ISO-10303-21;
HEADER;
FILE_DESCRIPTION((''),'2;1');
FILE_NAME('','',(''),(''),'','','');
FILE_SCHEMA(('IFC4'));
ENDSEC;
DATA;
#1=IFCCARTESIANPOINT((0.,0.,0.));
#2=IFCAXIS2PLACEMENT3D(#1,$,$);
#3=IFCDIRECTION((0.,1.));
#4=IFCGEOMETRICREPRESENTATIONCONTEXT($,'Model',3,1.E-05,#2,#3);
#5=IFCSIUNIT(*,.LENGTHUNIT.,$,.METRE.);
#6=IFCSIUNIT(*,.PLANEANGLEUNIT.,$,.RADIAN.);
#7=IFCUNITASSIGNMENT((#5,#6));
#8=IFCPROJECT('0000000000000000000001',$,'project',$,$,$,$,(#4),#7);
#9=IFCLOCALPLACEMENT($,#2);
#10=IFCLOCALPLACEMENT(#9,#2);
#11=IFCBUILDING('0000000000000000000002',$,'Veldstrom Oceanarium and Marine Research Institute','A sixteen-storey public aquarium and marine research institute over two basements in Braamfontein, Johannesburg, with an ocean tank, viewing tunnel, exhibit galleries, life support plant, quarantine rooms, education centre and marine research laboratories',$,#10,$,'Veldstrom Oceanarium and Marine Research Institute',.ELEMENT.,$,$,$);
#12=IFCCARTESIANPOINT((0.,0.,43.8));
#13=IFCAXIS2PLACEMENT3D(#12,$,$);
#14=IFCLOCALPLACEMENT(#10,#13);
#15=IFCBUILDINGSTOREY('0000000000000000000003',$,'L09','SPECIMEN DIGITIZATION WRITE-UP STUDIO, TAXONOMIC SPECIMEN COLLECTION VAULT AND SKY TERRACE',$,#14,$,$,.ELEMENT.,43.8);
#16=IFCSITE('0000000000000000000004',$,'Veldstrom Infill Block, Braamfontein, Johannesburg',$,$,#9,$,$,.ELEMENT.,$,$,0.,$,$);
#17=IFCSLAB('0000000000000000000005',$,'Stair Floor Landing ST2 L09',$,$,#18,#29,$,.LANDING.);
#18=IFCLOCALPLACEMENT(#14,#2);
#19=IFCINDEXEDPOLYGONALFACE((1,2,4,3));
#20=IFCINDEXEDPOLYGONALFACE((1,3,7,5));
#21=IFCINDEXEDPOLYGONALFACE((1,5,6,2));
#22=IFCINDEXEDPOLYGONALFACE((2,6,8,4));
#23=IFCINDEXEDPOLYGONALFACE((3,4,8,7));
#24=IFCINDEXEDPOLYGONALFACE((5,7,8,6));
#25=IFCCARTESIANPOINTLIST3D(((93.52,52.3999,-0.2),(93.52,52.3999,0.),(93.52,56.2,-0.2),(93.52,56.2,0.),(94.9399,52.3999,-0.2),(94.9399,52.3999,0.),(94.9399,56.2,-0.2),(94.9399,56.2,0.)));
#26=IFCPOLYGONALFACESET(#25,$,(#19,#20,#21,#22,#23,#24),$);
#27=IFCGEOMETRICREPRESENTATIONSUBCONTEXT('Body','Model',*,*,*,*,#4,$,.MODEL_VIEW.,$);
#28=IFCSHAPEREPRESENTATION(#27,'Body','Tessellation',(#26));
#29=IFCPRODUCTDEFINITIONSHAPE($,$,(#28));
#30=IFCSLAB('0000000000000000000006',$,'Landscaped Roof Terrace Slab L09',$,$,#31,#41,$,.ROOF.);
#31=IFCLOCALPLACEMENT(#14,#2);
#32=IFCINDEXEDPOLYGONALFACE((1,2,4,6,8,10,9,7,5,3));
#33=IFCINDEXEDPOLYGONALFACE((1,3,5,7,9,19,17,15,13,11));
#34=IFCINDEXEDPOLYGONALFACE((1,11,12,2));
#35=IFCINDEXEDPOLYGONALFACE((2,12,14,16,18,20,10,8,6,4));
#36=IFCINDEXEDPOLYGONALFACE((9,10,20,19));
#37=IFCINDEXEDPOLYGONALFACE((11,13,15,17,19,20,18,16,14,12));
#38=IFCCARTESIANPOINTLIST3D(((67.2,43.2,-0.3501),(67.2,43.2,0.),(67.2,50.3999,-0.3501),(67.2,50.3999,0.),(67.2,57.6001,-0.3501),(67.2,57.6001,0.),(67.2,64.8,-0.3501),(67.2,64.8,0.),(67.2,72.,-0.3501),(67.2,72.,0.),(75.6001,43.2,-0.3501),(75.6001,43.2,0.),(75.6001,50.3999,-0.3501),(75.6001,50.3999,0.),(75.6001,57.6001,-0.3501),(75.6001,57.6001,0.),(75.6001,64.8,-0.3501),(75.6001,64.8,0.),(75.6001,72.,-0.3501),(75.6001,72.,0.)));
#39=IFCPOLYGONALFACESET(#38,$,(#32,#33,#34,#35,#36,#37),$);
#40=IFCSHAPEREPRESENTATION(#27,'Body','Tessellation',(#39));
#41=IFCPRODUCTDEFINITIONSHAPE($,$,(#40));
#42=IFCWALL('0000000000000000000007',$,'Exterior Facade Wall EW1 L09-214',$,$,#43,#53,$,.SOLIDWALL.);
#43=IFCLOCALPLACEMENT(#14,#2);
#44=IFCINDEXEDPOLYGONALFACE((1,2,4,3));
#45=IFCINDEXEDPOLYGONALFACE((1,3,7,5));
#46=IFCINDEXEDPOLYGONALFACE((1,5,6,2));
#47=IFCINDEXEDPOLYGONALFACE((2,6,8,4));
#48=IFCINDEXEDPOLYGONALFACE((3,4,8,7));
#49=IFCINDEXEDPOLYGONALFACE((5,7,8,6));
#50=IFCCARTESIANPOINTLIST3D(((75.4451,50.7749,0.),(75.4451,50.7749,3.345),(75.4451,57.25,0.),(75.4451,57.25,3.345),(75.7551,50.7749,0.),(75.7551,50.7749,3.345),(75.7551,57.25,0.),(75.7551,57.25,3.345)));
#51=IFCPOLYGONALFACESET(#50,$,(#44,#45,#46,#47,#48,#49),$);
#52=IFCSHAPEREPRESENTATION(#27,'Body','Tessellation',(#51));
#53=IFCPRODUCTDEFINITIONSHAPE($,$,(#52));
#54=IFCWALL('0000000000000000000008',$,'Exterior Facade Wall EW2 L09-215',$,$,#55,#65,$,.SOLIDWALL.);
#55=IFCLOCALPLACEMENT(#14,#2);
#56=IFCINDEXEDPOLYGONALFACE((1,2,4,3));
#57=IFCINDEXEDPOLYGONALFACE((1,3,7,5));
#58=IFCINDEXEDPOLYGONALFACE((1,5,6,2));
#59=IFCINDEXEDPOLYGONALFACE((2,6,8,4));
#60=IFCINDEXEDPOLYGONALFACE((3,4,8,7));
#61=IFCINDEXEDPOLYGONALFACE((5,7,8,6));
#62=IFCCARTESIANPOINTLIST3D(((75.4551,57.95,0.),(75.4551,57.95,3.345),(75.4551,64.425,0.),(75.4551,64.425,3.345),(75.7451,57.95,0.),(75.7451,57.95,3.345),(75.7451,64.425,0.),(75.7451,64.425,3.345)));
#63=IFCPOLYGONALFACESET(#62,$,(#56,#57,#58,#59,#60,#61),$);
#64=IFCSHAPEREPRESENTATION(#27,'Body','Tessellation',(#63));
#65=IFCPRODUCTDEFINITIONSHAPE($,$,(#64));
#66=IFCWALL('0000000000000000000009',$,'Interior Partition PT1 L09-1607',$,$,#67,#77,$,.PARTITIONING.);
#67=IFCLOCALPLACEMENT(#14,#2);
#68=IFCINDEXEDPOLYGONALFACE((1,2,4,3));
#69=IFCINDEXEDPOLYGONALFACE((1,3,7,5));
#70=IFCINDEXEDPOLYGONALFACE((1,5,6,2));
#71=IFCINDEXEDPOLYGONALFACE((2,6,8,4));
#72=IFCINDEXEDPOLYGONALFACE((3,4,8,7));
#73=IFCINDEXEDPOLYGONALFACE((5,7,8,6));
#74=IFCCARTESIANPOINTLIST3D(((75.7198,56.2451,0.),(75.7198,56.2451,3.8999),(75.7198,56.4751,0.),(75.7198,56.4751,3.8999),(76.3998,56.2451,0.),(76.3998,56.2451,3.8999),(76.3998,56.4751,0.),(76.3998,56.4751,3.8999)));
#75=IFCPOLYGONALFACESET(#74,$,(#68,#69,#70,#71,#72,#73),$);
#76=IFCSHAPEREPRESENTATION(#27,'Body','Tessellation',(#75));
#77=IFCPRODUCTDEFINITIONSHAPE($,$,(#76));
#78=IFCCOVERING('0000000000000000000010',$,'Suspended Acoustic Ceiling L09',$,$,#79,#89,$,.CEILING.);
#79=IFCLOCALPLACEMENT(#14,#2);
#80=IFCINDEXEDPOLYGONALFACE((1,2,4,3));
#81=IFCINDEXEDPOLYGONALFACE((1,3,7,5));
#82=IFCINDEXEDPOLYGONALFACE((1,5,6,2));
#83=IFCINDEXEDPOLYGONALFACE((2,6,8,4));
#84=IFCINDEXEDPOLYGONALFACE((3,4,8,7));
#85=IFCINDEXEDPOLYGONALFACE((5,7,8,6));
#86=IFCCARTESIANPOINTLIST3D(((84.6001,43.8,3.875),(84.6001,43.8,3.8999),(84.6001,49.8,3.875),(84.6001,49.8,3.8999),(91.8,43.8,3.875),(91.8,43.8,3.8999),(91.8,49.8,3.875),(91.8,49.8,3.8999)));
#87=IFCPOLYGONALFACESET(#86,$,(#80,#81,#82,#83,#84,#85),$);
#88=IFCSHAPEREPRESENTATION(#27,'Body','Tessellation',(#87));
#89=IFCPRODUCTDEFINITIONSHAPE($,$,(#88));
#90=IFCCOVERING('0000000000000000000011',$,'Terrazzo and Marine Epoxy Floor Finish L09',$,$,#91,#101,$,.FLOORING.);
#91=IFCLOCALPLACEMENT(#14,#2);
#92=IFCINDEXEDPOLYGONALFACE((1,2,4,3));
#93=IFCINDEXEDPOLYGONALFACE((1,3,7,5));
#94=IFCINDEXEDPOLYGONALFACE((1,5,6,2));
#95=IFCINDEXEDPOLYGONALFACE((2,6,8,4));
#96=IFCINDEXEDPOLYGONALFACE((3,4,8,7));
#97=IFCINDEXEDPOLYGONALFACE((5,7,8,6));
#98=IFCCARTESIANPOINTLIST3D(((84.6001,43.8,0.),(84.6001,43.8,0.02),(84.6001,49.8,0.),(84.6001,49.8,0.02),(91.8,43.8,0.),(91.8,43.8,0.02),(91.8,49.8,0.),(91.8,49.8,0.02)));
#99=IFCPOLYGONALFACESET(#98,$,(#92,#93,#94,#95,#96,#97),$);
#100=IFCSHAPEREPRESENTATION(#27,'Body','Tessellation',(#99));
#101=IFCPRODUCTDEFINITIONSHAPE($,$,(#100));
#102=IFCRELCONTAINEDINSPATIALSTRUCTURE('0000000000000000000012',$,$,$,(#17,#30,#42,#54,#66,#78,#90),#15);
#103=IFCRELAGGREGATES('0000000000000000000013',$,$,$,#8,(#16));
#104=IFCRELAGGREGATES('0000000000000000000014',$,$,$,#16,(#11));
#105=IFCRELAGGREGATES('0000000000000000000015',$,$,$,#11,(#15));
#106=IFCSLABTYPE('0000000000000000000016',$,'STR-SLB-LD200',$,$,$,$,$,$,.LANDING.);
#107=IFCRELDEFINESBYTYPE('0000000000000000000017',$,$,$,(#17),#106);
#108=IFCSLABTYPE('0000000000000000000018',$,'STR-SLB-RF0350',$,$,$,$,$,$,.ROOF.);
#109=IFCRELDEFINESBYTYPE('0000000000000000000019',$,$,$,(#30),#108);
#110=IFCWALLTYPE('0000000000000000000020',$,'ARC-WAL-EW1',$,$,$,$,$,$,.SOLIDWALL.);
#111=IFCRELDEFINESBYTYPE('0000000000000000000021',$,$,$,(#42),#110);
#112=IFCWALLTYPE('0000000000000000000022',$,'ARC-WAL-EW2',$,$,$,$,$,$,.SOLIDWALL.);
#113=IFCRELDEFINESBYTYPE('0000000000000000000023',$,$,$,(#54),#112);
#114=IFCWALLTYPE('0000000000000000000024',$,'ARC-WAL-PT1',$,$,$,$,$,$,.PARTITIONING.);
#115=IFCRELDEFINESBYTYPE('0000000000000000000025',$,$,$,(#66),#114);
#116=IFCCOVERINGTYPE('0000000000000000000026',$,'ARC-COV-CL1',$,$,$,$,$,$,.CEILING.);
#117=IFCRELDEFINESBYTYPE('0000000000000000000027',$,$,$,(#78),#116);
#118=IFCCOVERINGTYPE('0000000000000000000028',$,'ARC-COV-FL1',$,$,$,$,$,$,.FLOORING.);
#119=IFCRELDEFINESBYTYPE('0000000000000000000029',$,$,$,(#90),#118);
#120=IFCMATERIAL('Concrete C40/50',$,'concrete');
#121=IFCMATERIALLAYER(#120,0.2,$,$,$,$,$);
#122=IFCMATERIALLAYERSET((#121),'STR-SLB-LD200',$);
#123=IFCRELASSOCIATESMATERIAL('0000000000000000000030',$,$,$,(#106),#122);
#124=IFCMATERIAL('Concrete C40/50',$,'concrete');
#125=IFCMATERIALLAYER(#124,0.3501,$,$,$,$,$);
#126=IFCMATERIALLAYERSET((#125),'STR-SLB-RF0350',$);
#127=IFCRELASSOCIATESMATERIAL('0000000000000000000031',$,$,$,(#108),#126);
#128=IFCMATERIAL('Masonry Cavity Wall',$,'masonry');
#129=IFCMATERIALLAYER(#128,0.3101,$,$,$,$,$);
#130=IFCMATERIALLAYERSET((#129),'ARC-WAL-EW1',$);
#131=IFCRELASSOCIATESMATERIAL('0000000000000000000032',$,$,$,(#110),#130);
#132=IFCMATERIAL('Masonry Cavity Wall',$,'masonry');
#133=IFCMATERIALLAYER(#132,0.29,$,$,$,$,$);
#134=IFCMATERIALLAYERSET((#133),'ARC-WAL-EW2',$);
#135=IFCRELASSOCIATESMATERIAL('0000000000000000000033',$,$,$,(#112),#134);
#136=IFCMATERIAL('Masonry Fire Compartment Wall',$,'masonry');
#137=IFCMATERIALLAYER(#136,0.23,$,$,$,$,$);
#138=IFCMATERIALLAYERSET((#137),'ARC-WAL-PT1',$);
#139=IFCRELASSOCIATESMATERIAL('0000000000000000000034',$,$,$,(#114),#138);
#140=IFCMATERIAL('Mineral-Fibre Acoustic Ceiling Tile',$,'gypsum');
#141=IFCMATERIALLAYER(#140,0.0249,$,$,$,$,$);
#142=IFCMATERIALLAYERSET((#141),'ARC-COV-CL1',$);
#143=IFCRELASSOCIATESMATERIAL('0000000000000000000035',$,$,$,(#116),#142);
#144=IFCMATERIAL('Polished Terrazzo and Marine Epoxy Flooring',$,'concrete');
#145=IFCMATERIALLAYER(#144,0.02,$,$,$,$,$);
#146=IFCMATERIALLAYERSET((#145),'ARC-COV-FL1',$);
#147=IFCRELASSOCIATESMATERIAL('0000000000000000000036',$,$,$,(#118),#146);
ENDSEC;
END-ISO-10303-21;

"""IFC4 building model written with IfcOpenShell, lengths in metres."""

from ifc_helpers import new_model, si_unit, direction, frame, frame_2d, origin, place, context, subcontext, project, spatial, polyline, rectangle, outline, extrude, material, layer, layer_set, type_object, element, save


model = new_model("IFC4")

# Units and contexts
model_context = context("Model", 3, precision=1e-05, world=origin(), true_north=direction((0.0, 1.0)))
body_context = subcontext(model_context, "Body", "Model", "MODEL_VIEW")
ifc_project = project(units=[si_unit("LENGTHUNIT", "METRE"), si_unit("PLANEANGLEUNIT", "RADIAN")], contexts=[model_context])

# Site, building, storey
site_placement = place(None, origin())
site = spatial("IfcSite", under=ifc_project, at=site_placement, Name="Veldstrom Infill Block, Braamfontein, Johannesburg", CompositionType="ELEMENT", RefElevation=0.0)
building_placement = place(site_placement, origin())
building = spatial("IfcBuilding", under=site, at=building_placement, Name="Veldstrom Oceanarium and Marine Research Institute", Description="A sixteen-storey public aquarium and marine research institute over two basements in Braamfontein, Johannesburg, with an ocean tank, viewing tunnel, exhibit galleries, life support plant, quarantine rooms, education centre and marine research laboratories", LongName="Veldstrom Oceanarium and Marine Research Institute", CompositionType="ELEMENT")
storey_placement = place(building_placement, frame((0.0, 0.0, 43.8)))
storey = spatial("IfcBuildingStorey", under=building, at=storey_placement, Name="L09", Description="SPECIMEN DIGITIZATION WRITE-UP STUDIO, TAXONOMIC SPECIMEN COLLECTION VAULT AND SKY TERRACE", CompositionType="ELEMENT", Elevation=43.8)

# Slabs
ifc_material_1 = material(Name="Concrete C40/50", Category="concrete")
ifc_layer_1 = layer(ifc_material_1, 0.2)
ifc_layer_set_1 = layer_set([ifc_layer_1], Name="STR-SLB-LD200")
slab_type_1 = type_object("IfcSlabType", Name="STR-SLB-LD200", PredefinedType="LANDING", material=ifc_layer_set_1)
slab_1_placement = place(storey_placement, frame((0.0, 0.0, -0.2)))
element("IfcSlab", 1, at=slab_1_placement, inside=storey, type_object=slab_type_1, Name="Stair Floor Landing ST2 L09", PredefinedType="LANDING", context=body_context, shape_type="SweptSolid", body=[
    extrude(outline(polyline([(93.52, 52.3999), (94.9399, 52.3999), (94.9399, 56.2), (93.52, 56.2), (93.52, 52.3999)])), origin(), (0.0, 0.0, 1.0), 0.2),
])
ifc_material_2 = material(Name="Concrete C40/50", Category="concrete")
ifc_layer_2 = layer(ifc_material_2, 0.3501)
ifc_layer_set_2 = layer_set([ifc_layer_2], Name="STR-SLB-RF0350")
slab_type_2 = type_object("IfcSlabType", Name="STR-SLB-RF0350", PredefinedType="ROOF", material=ifc_layer_set_2)
slab_2_placement = place(storey_placement, frame((0.0, 0.0, -0.3501)))
element("IfcSlab", 2, at=slab_2_placement, inside=storey, type_object=slab_type_2, Name="Landscaped Roof Terrace Slab L09", PredefinedType="ROOF", context=body_context, shape_type="SweptSolid", body=[
    extrude(outline(polyline([(67.2, 43.2), (67.2, 50.3999), (67.2, 57.6001), (67.2, 64.8), (67.2, 72.0), (75.6001, 72.0), (75.6001, 64.8), (75.6001, 57.6001), (75.6001, 50.3999), (75.6001, 43.2), (67.2, 43.2)])), origin(), (0.0, 0.0, 1.0), 0.3501),
])

# Walls
ifc_material_3 = material(Name="Masonry Cavity Wall", Category="masonry")
ifc_layer_3 = layer(ifc_material_3, 0.3101)
ifc_layer_set_3 = layer_set([ifc_layer_3], Name="ARC-WAL-EW1")
wall_type_1 = type_object("IfcWallType", Name="ARC-WAL-EW1", PredefinedType="SOLIDWALL", material=ifc_layer_set_3)
wall_1_placement = place(storey_placement, frame((75.6001, 50.7749, 0.0), z_axis=(0.0, 0.0, 1.0), x_axis=(0.0, 1.0, 0.0)))
element("IfcWall", 3, at=wall_1_placement, inside=storey, type_object=wall_type_1, Name="Exterior Facade Wall EW1 L09-214", PredefinedType="SOLIDWALL", context=body_context, shape_type="SweptSolid", body=[
    extrude(rectangle(XDim=6.4751, YDim=0.3101, at=frame_2d((3.2375, 0.0))), origin(), (0.0, 0.0, 1.0), 3.345),
])
ifc_material_4 = material(Name="Masonry Cavity Wall", Category="masonry")
ifc_layer_4 = layer(ifc_material_4, 0.29)
ifc_layer_set_4 = layer_set([ifc_layer_4], Name="ARC-WAL-EW2")
wall_type_2 = type_object("IfcWallType", Name="ARC-WAL-EW2", PredefinedType="SOLIDWALL", material=ifc_layer_set_4)
wall_2_placement = place(storey_placement, frame((75.6001, 57.95, 0.0), z_axis=(0.0, 0.0, 1.0), x_axis=(0.0, 1.0, 0.0)))
element("IfcWall", 4, at=wall_2_placement, inside=storey, type_object=wall_type_2, Name="Exterior Facade Wall EW2 L09-215", PredefinedType="SOLIDWALL", context=body_context, shape_type="SweptSolid", body=[
    extrude(rectangle(XDim=6.4751, YDim=0.29, at=frame_2d((3.2375, 0.0))), origin(), (0.0, 0.0, 1.0), 3.345),
])

# Wall
ifc_material_5 = material(Name="Masonry Fire Compartment Wall", Category="masonry")
ifc_layer_5 = layer(ifc_material_5, 0.23)
ifc_layer_set_5 = layer_set([ifc_layer_5], Name="ARC-WAL-PT1")
wall_type_3 = type_object("IfcWallType", Name="ARC-WAL-PT1", PredefinedType="PARTITIONING", material=ifc_layer_set_5)
wall_3_placement = place(storey_placement, frame((75.72, 56.3601, 0.0), z_axis=(0.0, 0.0, 1.0), x_axis=(1.0, 0.0, 0.0)))
element("IfcWall", 5, at=wall_3_placement, inside=storey, type_object=wall_type_3, Name="Interior Partition PT1 L09-1607", PredefinedType="PARTITIONING", context=body_context, shape_type="SweptSolid", body=[
    extrude(rectangle(XDim=0.6799, YDim=0.23, at=frame_2d((0.3398, 0.0))), origin(), (0.0, 0.0, 1.0), 3.8999),
])

# Coverings
ifc_material_6 = material(Name="Mineral-Fibre Acoustic Ceiling Tile", Category="gypsum")
ifc_layer_6 = layer(ifc_material_6, 0.0249)
ifc_layer_set_6 = layer_set([ifc_layer_6], Name="ARC-COV-CL1")
covering_type_1 = type_object("IfcCoveringType", Name="ARC-COV-CL1", PredefinedType="CEILING", material=ifc_layer_set_6)
covering_1_placement = place(storey_placement, frame((0.0, 0.0, 3.875)))
element("IfcCovering", 6, at=covering_1_placement, inside=storey, type_object=covering_type_1, Name="Suspended Acoustic Ceiling L09", PredefinedType="CEILING", context=body_context, shape_type="SweptSolid", body=[
    extrude(outline(polyline([(84.6001, 43.8), (91.8, 43.8), (91.8, 49.8), (84.6001, 49.8), (84.6001, 43.8)])), origin(), (0.0, 0.0, 1.0), 0.0249),
])
ifc_material_7 = material(Name="Polished Terrazzo and Marine Epoxy Flooring", Category="concrete")
ifc_layer_7 = layer(ifc_material_7, 0.02)
ifc_layer_set_7 = layer_set([ifc_layer_7], Name="ARC-COV-FL1")
covering_type_2 = type_object("IfcCoveringType", Name="ARC-COV-FL1", PredefinedType="FLOORING", material=ifc_layer_set_7)
covering_2_placement = place(storey_placement, origin())
element("IfcCovering", 7, at=covering_2_placement, inside=storey, type_object=covering_type_2, Name="Terrazzo and Marine Epoxy Floor Finish L09", PredefinedType="FLOORING", context=body_context, shape_type="SweptSolid", body=[
    extrude(outline(polyline([(84.6001, 43.8), (91.8, 43.8), (91.8, 49.8), (84.6001, 49.8), (84.6001, 43.8)])), origin(), (0.0, 0.0, 1.0), 0.02),
])

save(model, "model.ifc")
